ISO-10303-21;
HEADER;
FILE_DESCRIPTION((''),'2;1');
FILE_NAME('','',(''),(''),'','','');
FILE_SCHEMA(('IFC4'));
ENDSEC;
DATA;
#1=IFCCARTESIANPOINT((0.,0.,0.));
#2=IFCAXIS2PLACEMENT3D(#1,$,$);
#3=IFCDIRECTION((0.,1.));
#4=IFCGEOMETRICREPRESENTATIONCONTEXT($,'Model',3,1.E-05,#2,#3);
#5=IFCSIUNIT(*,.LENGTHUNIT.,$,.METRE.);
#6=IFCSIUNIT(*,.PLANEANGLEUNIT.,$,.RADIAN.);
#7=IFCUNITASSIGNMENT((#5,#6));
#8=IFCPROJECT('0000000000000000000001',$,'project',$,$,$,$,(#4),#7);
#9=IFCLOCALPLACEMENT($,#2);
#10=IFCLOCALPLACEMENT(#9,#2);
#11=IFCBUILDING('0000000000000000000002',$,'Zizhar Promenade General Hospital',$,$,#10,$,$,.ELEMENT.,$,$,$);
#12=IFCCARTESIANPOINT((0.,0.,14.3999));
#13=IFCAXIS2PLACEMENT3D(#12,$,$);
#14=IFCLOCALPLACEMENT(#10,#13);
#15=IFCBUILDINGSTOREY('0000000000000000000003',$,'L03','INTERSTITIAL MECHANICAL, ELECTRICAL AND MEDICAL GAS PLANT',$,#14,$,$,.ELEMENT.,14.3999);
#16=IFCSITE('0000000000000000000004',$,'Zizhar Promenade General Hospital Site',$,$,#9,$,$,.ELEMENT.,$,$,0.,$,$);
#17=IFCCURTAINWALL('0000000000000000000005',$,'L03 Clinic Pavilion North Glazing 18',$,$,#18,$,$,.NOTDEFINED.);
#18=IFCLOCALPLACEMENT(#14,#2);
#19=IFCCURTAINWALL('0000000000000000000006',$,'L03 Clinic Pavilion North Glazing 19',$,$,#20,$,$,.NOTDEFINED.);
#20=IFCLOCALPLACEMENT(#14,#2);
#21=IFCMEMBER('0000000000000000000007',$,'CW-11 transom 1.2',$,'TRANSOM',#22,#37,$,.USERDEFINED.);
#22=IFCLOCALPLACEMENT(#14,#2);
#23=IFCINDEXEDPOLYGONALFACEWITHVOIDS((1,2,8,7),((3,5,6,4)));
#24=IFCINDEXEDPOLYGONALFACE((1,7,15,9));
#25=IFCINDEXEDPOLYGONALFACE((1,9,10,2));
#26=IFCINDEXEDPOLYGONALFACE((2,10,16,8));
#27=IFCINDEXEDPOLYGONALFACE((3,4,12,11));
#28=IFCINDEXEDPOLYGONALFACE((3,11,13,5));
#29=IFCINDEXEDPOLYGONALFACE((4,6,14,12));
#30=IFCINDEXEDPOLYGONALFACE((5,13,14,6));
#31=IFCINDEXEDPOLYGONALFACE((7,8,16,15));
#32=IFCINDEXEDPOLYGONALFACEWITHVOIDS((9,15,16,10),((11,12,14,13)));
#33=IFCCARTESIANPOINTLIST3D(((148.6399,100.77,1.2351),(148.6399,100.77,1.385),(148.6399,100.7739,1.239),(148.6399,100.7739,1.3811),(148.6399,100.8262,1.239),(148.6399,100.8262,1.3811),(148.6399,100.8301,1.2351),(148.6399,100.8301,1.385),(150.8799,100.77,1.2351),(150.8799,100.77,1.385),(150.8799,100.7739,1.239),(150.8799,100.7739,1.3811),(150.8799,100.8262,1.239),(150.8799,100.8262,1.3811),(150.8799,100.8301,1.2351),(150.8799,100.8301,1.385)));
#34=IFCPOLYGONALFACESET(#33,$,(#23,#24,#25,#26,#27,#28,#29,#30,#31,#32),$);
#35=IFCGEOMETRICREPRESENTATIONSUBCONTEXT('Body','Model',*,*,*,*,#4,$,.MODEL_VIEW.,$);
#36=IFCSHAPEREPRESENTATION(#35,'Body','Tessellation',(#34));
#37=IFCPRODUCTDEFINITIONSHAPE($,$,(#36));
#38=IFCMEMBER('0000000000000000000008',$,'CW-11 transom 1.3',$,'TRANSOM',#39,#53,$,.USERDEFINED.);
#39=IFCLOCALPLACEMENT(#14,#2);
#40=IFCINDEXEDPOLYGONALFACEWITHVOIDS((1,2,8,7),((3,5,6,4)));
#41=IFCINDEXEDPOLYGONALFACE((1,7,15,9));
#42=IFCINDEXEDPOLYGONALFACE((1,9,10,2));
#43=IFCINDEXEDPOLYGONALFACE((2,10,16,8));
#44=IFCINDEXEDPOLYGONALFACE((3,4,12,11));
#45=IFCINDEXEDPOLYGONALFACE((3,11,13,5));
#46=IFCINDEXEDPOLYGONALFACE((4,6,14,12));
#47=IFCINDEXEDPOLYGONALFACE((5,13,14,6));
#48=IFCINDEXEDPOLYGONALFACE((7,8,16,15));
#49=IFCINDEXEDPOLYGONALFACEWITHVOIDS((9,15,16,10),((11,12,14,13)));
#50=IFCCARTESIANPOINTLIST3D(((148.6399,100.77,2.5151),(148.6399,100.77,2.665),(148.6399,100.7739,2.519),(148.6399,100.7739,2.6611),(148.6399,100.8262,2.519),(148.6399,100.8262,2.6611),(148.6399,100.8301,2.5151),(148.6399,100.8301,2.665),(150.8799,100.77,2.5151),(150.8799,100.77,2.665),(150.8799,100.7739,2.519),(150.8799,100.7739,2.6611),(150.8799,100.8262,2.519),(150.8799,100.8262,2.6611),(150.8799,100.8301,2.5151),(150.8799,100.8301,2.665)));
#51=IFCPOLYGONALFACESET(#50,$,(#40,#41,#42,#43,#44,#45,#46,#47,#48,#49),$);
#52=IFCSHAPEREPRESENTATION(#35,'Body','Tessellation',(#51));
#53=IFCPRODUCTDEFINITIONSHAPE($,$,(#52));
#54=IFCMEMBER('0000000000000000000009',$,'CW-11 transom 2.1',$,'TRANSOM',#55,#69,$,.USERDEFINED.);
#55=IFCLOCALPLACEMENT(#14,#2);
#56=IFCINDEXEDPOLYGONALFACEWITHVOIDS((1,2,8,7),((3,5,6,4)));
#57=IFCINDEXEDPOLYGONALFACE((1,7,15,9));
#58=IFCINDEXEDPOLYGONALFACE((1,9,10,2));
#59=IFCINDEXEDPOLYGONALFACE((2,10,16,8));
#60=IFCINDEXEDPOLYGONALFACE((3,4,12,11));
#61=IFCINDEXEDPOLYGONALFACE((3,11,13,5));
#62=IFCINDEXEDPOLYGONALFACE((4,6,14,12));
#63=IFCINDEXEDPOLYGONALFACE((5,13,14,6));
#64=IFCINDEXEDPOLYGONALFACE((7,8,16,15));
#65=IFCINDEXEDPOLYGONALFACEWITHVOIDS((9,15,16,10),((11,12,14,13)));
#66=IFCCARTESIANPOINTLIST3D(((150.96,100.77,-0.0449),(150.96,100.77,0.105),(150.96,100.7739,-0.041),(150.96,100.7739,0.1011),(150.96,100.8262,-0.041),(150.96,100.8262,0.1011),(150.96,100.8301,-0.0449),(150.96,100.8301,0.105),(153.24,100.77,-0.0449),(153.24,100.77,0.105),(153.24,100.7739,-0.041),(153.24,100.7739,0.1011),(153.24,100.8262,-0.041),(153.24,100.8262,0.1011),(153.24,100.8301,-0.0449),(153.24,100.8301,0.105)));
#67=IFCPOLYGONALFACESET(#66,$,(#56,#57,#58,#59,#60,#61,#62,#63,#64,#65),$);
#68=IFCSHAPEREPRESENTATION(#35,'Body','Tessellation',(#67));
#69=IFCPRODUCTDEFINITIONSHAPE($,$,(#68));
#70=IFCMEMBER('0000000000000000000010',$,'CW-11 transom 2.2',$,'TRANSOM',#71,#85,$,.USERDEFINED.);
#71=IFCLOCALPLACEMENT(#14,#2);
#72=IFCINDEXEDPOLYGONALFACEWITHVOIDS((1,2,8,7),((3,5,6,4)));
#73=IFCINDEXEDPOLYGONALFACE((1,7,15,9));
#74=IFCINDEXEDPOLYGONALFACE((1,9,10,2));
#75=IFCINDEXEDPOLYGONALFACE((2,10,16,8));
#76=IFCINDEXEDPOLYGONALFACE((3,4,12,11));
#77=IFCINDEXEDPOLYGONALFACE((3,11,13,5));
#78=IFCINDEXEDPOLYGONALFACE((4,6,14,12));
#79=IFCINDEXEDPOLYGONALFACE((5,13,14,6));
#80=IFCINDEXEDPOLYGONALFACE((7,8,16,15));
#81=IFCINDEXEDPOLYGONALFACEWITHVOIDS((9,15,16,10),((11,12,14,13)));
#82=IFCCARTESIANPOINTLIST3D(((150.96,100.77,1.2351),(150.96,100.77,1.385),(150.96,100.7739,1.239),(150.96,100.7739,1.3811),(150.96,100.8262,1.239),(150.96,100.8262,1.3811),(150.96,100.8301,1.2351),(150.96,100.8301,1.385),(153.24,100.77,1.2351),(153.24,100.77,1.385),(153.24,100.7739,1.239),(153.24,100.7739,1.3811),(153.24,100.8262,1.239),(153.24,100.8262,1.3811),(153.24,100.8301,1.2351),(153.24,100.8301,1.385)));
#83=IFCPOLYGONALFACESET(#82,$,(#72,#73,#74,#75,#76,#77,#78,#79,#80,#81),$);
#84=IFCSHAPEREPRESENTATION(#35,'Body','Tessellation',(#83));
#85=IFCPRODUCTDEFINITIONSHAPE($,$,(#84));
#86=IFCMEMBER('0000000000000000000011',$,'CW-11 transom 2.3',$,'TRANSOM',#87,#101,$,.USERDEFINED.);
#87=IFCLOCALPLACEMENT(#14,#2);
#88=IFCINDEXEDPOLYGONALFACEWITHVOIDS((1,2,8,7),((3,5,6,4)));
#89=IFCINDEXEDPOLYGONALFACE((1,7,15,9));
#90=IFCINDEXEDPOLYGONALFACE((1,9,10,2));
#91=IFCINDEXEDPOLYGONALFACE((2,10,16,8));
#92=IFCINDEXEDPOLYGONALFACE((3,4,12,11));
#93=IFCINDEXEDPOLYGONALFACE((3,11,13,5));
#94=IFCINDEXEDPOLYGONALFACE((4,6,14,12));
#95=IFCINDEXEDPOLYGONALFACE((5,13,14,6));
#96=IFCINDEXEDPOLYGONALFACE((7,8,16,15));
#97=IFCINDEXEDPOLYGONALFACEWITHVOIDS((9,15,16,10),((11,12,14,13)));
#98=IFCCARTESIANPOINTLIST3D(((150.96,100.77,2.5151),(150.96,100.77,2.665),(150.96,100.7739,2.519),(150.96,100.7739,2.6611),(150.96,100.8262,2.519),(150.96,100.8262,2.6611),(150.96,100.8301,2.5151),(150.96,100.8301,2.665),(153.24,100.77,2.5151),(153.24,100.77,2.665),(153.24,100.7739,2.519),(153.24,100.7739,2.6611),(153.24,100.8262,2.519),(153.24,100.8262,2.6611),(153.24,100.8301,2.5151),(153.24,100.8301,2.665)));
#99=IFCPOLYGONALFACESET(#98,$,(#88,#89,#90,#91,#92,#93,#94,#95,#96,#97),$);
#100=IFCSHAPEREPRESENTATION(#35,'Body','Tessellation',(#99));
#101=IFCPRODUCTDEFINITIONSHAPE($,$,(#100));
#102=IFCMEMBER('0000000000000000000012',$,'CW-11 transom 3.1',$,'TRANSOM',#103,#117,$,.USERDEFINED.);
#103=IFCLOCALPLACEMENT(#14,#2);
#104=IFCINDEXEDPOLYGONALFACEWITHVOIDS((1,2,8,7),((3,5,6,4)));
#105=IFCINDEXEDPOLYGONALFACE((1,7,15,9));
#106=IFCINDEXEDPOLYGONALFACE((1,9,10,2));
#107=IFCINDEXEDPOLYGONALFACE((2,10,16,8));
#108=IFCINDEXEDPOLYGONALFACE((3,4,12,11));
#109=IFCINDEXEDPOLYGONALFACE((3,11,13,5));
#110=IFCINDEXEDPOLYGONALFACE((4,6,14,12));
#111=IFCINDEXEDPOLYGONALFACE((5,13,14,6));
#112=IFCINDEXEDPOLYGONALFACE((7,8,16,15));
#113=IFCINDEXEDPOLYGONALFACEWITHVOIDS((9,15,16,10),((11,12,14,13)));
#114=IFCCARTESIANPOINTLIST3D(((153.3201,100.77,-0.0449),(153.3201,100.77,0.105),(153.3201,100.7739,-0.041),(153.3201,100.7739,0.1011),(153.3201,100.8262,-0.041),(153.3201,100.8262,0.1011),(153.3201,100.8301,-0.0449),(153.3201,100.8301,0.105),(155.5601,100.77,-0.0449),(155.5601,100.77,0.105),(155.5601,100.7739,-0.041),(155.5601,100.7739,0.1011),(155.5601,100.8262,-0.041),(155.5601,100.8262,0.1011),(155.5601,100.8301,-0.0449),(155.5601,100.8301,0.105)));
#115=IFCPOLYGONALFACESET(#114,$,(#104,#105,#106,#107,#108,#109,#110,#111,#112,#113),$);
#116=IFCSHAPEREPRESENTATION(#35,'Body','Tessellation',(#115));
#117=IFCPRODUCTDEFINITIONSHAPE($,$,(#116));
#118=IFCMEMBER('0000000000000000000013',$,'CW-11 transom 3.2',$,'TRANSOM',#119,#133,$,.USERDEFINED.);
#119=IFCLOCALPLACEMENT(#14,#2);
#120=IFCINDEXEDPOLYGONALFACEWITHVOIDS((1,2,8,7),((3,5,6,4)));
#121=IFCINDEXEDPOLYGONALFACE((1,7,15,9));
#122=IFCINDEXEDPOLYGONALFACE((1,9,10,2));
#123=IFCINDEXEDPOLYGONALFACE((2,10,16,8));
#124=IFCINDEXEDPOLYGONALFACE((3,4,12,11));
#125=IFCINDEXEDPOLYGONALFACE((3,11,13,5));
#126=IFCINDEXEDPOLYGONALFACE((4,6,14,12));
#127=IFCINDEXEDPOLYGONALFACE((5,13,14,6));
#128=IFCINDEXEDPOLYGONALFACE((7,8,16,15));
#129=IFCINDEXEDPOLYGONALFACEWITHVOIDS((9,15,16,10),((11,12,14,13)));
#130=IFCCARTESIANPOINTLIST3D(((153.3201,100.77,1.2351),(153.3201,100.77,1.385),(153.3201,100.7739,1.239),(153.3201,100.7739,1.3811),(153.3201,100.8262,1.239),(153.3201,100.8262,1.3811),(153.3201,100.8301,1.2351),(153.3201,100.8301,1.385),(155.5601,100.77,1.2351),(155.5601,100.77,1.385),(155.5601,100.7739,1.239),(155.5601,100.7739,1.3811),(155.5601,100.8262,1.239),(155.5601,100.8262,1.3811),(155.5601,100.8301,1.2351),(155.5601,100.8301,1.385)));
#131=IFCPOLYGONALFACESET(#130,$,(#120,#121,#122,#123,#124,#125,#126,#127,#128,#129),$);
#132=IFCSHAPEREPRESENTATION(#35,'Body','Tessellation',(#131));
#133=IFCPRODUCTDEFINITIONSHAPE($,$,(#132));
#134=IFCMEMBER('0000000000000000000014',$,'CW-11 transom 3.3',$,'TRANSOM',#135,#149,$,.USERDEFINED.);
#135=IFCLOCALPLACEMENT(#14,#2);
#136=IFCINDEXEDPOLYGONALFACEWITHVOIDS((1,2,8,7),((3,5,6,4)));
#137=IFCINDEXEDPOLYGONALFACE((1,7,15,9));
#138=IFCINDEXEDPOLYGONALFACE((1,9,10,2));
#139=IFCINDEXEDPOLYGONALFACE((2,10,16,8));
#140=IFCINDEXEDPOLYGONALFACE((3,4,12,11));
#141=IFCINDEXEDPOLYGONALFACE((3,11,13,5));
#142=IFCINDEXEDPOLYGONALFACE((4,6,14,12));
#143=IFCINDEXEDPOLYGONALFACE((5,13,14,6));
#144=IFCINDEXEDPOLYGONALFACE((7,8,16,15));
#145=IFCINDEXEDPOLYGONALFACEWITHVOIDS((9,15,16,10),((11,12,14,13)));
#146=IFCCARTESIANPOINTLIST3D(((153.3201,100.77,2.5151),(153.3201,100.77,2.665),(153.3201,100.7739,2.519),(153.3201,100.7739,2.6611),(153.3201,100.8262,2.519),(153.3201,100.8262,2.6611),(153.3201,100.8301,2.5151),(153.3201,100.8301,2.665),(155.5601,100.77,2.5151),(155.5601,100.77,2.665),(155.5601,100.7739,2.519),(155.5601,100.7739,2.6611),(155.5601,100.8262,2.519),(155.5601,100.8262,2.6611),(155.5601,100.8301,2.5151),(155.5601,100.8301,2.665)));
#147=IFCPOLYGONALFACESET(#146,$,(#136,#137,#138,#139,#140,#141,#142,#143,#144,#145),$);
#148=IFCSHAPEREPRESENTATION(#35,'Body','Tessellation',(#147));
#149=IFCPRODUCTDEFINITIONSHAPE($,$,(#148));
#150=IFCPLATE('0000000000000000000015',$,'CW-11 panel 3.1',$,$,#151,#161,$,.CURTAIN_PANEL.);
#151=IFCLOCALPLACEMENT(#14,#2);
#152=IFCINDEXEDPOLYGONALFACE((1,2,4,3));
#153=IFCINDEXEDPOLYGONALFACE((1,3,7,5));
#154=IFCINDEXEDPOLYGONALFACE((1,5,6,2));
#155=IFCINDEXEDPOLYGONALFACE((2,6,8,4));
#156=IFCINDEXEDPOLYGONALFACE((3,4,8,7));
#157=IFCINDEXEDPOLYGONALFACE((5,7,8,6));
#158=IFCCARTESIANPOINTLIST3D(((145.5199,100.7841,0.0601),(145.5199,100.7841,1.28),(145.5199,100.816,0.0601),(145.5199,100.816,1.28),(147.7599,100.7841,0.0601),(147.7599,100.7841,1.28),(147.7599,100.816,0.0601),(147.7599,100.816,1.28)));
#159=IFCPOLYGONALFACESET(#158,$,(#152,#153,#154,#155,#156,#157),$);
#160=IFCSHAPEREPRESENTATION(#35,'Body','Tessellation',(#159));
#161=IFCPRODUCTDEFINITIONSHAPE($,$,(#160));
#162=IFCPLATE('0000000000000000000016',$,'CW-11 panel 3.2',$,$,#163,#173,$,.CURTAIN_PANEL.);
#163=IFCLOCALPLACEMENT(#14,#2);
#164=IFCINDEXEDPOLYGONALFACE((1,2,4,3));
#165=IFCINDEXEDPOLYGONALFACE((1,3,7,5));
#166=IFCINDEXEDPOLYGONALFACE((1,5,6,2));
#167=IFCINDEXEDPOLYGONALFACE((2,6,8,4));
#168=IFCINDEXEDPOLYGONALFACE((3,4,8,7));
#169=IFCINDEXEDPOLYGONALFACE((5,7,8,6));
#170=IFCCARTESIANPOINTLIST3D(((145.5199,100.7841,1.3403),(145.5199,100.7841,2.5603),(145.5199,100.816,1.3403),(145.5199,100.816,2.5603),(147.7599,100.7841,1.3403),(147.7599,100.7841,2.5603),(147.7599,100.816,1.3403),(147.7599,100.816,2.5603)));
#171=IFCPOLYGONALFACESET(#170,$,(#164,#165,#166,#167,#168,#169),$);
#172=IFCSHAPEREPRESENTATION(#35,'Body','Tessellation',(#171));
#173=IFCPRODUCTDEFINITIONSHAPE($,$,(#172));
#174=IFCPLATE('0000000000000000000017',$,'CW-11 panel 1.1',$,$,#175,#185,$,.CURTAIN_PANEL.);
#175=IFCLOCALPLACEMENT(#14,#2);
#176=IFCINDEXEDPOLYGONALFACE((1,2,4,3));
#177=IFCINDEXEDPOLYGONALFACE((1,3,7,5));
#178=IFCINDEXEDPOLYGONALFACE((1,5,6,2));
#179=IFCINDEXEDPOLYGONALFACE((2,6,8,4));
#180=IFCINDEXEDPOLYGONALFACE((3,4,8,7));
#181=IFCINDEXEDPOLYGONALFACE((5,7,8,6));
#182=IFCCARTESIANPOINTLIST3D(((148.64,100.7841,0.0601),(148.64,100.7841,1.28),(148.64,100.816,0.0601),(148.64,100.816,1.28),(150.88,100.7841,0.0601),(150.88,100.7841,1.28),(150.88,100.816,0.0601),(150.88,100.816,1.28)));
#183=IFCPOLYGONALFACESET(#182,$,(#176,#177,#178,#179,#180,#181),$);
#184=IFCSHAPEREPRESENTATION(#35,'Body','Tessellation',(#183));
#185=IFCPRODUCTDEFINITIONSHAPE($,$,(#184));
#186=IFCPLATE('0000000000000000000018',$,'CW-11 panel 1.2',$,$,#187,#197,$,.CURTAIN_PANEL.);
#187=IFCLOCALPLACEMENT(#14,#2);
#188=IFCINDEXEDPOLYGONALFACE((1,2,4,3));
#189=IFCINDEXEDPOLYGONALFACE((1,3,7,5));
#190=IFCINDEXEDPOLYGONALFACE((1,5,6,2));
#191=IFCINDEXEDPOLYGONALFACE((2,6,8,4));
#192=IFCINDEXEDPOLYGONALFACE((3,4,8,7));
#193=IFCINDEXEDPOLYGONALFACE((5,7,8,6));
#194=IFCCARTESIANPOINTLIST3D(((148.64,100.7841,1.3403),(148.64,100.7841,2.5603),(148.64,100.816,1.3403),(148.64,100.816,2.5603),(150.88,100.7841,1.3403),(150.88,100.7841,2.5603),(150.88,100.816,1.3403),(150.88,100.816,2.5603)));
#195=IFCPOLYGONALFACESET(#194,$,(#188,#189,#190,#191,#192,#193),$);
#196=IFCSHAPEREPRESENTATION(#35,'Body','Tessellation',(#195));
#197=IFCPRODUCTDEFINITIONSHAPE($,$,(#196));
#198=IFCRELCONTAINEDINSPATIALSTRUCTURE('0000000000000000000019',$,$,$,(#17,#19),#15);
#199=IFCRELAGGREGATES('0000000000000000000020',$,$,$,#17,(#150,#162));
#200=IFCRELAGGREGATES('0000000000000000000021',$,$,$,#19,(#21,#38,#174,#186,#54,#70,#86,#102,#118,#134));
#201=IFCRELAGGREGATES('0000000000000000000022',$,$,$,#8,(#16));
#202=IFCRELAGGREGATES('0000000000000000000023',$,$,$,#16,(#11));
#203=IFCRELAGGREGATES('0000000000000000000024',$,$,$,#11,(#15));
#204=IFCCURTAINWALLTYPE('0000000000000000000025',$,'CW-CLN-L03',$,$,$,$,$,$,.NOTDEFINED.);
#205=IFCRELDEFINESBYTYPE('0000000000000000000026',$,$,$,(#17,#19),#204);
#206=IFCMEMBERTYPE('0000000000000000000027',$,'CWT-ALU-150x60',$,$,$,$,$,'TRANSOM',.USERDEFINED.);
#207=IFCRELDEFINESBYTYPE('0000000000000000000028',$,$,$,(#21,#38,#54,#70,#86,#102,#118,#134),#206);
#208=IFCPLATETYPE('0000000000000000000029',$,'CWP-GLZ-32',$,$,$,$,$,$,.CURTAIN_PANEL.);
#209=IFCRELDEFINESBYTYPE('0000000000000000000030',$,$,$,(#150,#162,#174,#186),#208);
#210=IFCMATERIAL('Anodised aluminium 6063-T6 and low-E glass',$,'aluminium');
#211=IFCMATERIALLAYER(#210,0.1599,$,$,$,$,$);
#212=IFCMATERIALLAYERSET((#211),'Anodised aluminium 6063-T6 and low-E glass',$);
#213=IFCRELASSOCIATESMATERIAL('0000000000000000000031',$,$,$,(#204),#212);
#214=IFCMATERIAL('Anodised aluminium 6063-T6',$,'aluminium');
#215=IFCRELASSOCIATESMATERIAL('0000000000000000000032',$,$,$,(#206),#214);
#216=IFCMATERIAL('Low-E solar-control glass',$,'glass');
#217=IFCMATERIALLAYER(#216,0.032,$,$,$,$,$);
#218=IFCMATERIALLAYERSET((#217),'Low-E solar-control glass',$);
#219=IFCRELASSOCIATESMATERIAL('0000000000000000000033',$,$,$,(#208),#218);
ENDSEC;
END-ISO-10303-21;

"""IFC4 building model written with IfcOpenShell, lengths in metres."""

from ifc_helpers import new_model, si_unit, direction, frame, origin, origin_2d, place, context, subcontext, project, spatial, rectangle, hollow_rectangle, extrude, material, layer, layer_set, material_profile, profile_set, type_object, element, aggregate, save


model = new_model("IFC4")

# Units and contexts
model_context = context("Model", 3, precision=1e-05, world=origin(), true_north=direction((0.0, 1.0)))
body_context = subcontext(model_context, "Body", "Model", "MODEL_VIEW")
ifc_project = project(units=[si_unit("LENGTHUNIT", "METRE"), si_unit("PLANEANGLEUNIT", "RADIAN")], contexts=[model_context])

# Site, building, storey
site_placement = place(None, origin())
site = spatial("IfcSite", under=ifc_project, at=site_placement, Name="Zizhar Promenade General Hospital Site", CompositionType="ELEMENT", RefElevation=0.0)
building_placement = place(site_placement, origin())
building = spatial("IfcBuilding", under=site, at=building_placement, Name="Zizhar Promenade General Hospital", CompositionType="ELEMENT")
storey_placement = place(building_placement, frame((0.0, 0.0, 14.3999)))
storey = spatial("IfcBuildingStorey", under=building, at=storey_placement, Name="L03", Description="INTERSTITIAL MECHANICAL, ELECTRICAL AND MEDICAL GAS PLANT", CompositionType="ELEMENT", Elevation=14.3999)

# Curtain wall
ifc_material_1 = material(Name="Anodised aluminium 6063-T6 and low-E glass", Category="aluminium")
ifc_layer_1 = layer(ifc_material_1, 0.1599)
ifc_layer_set_1 = layer_set([ifc_layer_1], Name="Anodised aluminium 6063-T6 and low-E glass")
curtain_wall_type = type_object("IfcCurtainWallType", Name="CW-CLN-L03", PredefinedType="NOTDEFINED", material=ifc_layer_set_1)
curtain_wall_1_placement = place(storey_placement, origin())
curtain_wall_1 = element("IfcCurtainWall", 1, at=curtain_wall_1_placement, inside=storey, type_object=curtain_wall_type, Name="L03 Clinic Pavilion North Glazing 18", PredefinedType="NOTDEFINED")

# Curtain wall
curtain_wall_2_placement = place(storey_placement, origin())
curtain_wall_2 = element("IfcCurtainWall", 2, at=curtain_wall_2_placement, inside=storey, type_object=curtain_wall_type, Name="L03 Clinic Pavilion North Glazing 19", PredefinedType="NOTDEFINED")

# Members
ifc_material_2 = material(Name="Anodised aluminium 6063-T6", Category="aluminium")
ifc_material_profile_1 = material_profile(ifc_material_2, hollow_rectangle(XDim=0.0601, YDim=0.1499, WallThickness=0.0039, at=origin_2d()))
ifc_profile_set_1 = profile_set([ifc_material_profile_1], Name="Anodised aluminium 6063-T6")
member_type_1 = type_object("IfcMemberType", Name="CWT-ALU-150x60", ElementType="TRANSOM", PredefinedType="USERDEFINED", material=ifc_profile_set_1)
member_1_placement = place(storey_placement, frame((148.6399, 100.8, 1.3101), z_axis=(1.0, 0.0, 0.0), x_axis=(0.0, 1.0, 0.0)))
member_1 = element("IfcMember", 3, at=member_1_placement, type_object=member_type_1, Name="CW-11 transom 1.2", ObjectType="TRANSOM", PredefinedType="USERDEFINED", context=body_context, shape_type="SweptSolid", body=[
    extrude(hollow_rectangle(XDim=0.0601, YDim=0.1499, WallThickness=0.0039, at=origin_2d()), origin(), (0.0, 0.0, 1.0), 2.24),
])
member_2_placement = place(storey_placement, frame((148.6399, 100.8, 2.5901), z_axis=(1.0, 0.0, 0.0), x_axis=(0.0, 1.0, 0.0)))
member_2 = element("IfcMember", 4, at=member_2_placement, type_object=member_type_1, Name="CW-11 transom 1.3", ObjectType="TRANSOM", PredefinedType="USERDEFINED", context=body_context, shape_type="SweptSolid", body=[
    extrude(hollow_rectangle(XDim=0.0601, YDim=0.1499, WallThickness=0.0039, at=origin_2d()), origin(), (0.0, 0.0, 1.0), 2.24),
])
member_3_placement = place(storey_placement, frame((150.96, 100.8, 0.03), z_axis=(1.0, 0.0, 0.0), x_axis=(0.0, 1.0, 0.0)))
member_3 = element("IfcMember", 5, at=member_3_placement, type_object=member_type_1, Name="CW-11 transom 2.1", ObjectType="TRANSOM", PredefinedType="USERDEFINED", context=body_context, shape_type="SweptSolid", body=[
    extrude(hollow_rectangle(XDim=0.0601, YDim=0.1499, WallThickness=0.0039, at=origin_2d()), origin(), (0.0, 0.0, 1.0), 2.28),
])
member_4_placement = place(storey_placement, frame((150.96, 100.8, 1.3101), z_axis=(1.0, 0.0, 0.0), x_axis=(0.0, 1.0, 0.0)))
member_4 = element("IfcMember", 6, at=member_4_placement, type_object=member_type_1, Name="CW-11 transom 2.2", ObjectType="TRANSOM", PredefinedType="USERDEFINED", context=body_context, shape_type="SweptSolid", body=[
    extrude(hollow_rectangle(XDim=0.0601, YDim=0.1499, WallThickness=0.0039, at=origin_2d()), origin(), (0.0, 0.0, 1.0), 2.28),
])
member_5_placement = place(storey_placement, frame((150.96, 100.8, 2.5901), z_axis=(1.0, 0.0, 0.0), x_axis=(0.0, 1.0, 0.0)))
member_5 = element("IfcMember", 7, at=member_5_placement, type_object=member_type_1, Name="CW-11 transom 2.3", ObjectType="TRANSOM", PredefinedType="USERDEFINED", context=body_context, shape_type="SweptSolid", body=[
    extrude(hollow_rectangle(XDim=0.0601, YDim=0.1499, WallThickness=0.0039, at=origin_2d()), origin(), (0.0, 0.0, 1.0), 2.28),
])
member_6_placement = place(storey_placement, frame((153.3201, 100.8, 0.03), z_axis=(1.0, 0.0, 0.0), x_axis=(0.0, 1.0, 0.0)))
member_6 = element("IfcMember", 8, at=member_6_placement, type_object=member_type_1, Name="CW-11 transom 3.1", ObjectType="TRANSOM", PredefinedType="USERDEFINED", context=body_context, shape_type="SweptSolid", body=[
    extrude(hollow_rectangle(XDim=0.0601, YDim=0.1499, WallThickness=0.0039, at=origin_2d()), origin(), (0.0, 0.0, 1.0), 2.24),
])
member_7_placement = place(storey_placement, frame((153.3201, 100.8, 1.3101), z_axis=(1.0, 0.0, 0.0), x_axis=(0.0, 1.0, 0.0)))
member_7 = element("IfcMember", 9, at=member_7_placement, type_object=member_type_1, Name="CW-11 transom 3.2", ObjectType="TRANSOM", PredefinedType="USERDEFINED", context=body_context, shape_type="SweptSolid", body=[
    extrude(hollow_rectangle(XDim=0.0601, YDim=0.1499, WallThickness=0.0039, at=origin_2d()), origin(), (0.0, 0.0, 1.0), 2.24),
])
member_8_placement = place(storey_placement, frame((153.3201, 100.8, 2.5901), z_axis=(1.0, 0.0, 0.0), x_axis=(0.0, 1.0, 0.0)))
member_8 = element("IfcMember", 10, at=member_8_placement, type_object=member_type_1, Name="CW-11 transom 3.3", ObjectType="TRANSOM", PredefinedType="USERDEFINED", context=body_context, shape_type="SweptSolid", body=[
    extrude(hollow_rectangle(XDim=0.0601, YDim=0.1499, WallThickness=0.0039, at=origin_2d()), origin(), (0.0, 0.0, 1.0), 2.24),
])

# Plates
ifc_material_3 = material(Name="Low-E solar-control glass", Category="glass")
ifc_layer_2 = layer(ifc_material_3, 0.032)
ifc_layer_set_2 = layer_set([ifc_layer_2], Name="Low-E solar-control glass")
plate_type = type_object("IfcPlateType", Name="CWP-GLZ-32", PredefinedType="CURTAIN_PANEL", material=ifc_layer_set_2)
plate_1_placement = place(storey_placement, frame((146.6399, 100.8, 0.0601), z_axis=(0.0, 0.0, 1.0), x_axis=(1.0, 0.0, 0.0)))
plate_1 = element("IfcPlate", 11, at=plate_1_placement, type_object=plate_type, Name="CW-11 panel 3.1", PredefinedType="CURTAIN_PANEL", context=body_context, shape_type="SweptSolid", body=[
    extrude(rectangle(XDim=2.24, YDim=0.032, at=origin_2d()), origin(), (0.0, 0.0, 1.0), 1.22),
])
plate_2_placement = place(storey_placement, frame((146.6399, 100.8, 1.3403), z_axis=(0.0, 0.0, 1.0), x_axis=(1.0, 0.0, 0.0)))
plate_2 = element("IfcPlate", 12, at=plate_2_placement, type_object=plate_type, Name="CW-11 panel 3.2", PredefinedType="CURTAIN_PANEL", context=body_context, shape_type="SweptSolid", body=[
    extrude(rectangle(XDim=2.24, YDim=0.032, at=origin_2d()), origin(), (0.0, 0.0, 1.0), 1.22),
])
aggregate(curtain_wall_1, [plate_1, plate_2])
plate_3_placement = place(storey_placement, frame((149.76, 100.8, 0.0601), z_axis=(0.0, 0.0, 1.0), x_axis=(1.0, 0.0, 0.0)))
plate_3 = element("IfcPlate", 13, at=plate_3_placement, type_object=plate_type, Name="CW-11 panel 1.1", PredefinedType="CURTAIN_PANEL", context=body_context, shape_type="SweptSolid", body=[
    extrude(rectangle(XDim=2.24, YDim=0.032, at=origin_2d()), origin(), (0.0, 0.0, 1.0), 1.22),
])
plate_4_placement = place(storey_placement, frame((149.76, 100.8, 1.3403), z_axis=(0.0, 0.0, 1.0), x_axis=(1.0, 0.0, 0.0)))
plate_4 = element("IfcPlate", 14, at=plate_4_placement, type_object=plate_type, Name="CW-11 panel 1.2", PredefinedType="CURTAIN_PANEL", context=body_context, shape_type="SweptSolid", body=[
    extrude(rectangle(XDim=2.24, YDim=0.032, at=origin_2d()), origin(), (0.0, 0.0, 1.0), 1.22),
])
aggregate(curtain_wall_2, [member_1, member_2, plate_3, plate_4, member_3, member_4, member_5, member_6, member_7, member_8])

save(model, "model.ifc")
